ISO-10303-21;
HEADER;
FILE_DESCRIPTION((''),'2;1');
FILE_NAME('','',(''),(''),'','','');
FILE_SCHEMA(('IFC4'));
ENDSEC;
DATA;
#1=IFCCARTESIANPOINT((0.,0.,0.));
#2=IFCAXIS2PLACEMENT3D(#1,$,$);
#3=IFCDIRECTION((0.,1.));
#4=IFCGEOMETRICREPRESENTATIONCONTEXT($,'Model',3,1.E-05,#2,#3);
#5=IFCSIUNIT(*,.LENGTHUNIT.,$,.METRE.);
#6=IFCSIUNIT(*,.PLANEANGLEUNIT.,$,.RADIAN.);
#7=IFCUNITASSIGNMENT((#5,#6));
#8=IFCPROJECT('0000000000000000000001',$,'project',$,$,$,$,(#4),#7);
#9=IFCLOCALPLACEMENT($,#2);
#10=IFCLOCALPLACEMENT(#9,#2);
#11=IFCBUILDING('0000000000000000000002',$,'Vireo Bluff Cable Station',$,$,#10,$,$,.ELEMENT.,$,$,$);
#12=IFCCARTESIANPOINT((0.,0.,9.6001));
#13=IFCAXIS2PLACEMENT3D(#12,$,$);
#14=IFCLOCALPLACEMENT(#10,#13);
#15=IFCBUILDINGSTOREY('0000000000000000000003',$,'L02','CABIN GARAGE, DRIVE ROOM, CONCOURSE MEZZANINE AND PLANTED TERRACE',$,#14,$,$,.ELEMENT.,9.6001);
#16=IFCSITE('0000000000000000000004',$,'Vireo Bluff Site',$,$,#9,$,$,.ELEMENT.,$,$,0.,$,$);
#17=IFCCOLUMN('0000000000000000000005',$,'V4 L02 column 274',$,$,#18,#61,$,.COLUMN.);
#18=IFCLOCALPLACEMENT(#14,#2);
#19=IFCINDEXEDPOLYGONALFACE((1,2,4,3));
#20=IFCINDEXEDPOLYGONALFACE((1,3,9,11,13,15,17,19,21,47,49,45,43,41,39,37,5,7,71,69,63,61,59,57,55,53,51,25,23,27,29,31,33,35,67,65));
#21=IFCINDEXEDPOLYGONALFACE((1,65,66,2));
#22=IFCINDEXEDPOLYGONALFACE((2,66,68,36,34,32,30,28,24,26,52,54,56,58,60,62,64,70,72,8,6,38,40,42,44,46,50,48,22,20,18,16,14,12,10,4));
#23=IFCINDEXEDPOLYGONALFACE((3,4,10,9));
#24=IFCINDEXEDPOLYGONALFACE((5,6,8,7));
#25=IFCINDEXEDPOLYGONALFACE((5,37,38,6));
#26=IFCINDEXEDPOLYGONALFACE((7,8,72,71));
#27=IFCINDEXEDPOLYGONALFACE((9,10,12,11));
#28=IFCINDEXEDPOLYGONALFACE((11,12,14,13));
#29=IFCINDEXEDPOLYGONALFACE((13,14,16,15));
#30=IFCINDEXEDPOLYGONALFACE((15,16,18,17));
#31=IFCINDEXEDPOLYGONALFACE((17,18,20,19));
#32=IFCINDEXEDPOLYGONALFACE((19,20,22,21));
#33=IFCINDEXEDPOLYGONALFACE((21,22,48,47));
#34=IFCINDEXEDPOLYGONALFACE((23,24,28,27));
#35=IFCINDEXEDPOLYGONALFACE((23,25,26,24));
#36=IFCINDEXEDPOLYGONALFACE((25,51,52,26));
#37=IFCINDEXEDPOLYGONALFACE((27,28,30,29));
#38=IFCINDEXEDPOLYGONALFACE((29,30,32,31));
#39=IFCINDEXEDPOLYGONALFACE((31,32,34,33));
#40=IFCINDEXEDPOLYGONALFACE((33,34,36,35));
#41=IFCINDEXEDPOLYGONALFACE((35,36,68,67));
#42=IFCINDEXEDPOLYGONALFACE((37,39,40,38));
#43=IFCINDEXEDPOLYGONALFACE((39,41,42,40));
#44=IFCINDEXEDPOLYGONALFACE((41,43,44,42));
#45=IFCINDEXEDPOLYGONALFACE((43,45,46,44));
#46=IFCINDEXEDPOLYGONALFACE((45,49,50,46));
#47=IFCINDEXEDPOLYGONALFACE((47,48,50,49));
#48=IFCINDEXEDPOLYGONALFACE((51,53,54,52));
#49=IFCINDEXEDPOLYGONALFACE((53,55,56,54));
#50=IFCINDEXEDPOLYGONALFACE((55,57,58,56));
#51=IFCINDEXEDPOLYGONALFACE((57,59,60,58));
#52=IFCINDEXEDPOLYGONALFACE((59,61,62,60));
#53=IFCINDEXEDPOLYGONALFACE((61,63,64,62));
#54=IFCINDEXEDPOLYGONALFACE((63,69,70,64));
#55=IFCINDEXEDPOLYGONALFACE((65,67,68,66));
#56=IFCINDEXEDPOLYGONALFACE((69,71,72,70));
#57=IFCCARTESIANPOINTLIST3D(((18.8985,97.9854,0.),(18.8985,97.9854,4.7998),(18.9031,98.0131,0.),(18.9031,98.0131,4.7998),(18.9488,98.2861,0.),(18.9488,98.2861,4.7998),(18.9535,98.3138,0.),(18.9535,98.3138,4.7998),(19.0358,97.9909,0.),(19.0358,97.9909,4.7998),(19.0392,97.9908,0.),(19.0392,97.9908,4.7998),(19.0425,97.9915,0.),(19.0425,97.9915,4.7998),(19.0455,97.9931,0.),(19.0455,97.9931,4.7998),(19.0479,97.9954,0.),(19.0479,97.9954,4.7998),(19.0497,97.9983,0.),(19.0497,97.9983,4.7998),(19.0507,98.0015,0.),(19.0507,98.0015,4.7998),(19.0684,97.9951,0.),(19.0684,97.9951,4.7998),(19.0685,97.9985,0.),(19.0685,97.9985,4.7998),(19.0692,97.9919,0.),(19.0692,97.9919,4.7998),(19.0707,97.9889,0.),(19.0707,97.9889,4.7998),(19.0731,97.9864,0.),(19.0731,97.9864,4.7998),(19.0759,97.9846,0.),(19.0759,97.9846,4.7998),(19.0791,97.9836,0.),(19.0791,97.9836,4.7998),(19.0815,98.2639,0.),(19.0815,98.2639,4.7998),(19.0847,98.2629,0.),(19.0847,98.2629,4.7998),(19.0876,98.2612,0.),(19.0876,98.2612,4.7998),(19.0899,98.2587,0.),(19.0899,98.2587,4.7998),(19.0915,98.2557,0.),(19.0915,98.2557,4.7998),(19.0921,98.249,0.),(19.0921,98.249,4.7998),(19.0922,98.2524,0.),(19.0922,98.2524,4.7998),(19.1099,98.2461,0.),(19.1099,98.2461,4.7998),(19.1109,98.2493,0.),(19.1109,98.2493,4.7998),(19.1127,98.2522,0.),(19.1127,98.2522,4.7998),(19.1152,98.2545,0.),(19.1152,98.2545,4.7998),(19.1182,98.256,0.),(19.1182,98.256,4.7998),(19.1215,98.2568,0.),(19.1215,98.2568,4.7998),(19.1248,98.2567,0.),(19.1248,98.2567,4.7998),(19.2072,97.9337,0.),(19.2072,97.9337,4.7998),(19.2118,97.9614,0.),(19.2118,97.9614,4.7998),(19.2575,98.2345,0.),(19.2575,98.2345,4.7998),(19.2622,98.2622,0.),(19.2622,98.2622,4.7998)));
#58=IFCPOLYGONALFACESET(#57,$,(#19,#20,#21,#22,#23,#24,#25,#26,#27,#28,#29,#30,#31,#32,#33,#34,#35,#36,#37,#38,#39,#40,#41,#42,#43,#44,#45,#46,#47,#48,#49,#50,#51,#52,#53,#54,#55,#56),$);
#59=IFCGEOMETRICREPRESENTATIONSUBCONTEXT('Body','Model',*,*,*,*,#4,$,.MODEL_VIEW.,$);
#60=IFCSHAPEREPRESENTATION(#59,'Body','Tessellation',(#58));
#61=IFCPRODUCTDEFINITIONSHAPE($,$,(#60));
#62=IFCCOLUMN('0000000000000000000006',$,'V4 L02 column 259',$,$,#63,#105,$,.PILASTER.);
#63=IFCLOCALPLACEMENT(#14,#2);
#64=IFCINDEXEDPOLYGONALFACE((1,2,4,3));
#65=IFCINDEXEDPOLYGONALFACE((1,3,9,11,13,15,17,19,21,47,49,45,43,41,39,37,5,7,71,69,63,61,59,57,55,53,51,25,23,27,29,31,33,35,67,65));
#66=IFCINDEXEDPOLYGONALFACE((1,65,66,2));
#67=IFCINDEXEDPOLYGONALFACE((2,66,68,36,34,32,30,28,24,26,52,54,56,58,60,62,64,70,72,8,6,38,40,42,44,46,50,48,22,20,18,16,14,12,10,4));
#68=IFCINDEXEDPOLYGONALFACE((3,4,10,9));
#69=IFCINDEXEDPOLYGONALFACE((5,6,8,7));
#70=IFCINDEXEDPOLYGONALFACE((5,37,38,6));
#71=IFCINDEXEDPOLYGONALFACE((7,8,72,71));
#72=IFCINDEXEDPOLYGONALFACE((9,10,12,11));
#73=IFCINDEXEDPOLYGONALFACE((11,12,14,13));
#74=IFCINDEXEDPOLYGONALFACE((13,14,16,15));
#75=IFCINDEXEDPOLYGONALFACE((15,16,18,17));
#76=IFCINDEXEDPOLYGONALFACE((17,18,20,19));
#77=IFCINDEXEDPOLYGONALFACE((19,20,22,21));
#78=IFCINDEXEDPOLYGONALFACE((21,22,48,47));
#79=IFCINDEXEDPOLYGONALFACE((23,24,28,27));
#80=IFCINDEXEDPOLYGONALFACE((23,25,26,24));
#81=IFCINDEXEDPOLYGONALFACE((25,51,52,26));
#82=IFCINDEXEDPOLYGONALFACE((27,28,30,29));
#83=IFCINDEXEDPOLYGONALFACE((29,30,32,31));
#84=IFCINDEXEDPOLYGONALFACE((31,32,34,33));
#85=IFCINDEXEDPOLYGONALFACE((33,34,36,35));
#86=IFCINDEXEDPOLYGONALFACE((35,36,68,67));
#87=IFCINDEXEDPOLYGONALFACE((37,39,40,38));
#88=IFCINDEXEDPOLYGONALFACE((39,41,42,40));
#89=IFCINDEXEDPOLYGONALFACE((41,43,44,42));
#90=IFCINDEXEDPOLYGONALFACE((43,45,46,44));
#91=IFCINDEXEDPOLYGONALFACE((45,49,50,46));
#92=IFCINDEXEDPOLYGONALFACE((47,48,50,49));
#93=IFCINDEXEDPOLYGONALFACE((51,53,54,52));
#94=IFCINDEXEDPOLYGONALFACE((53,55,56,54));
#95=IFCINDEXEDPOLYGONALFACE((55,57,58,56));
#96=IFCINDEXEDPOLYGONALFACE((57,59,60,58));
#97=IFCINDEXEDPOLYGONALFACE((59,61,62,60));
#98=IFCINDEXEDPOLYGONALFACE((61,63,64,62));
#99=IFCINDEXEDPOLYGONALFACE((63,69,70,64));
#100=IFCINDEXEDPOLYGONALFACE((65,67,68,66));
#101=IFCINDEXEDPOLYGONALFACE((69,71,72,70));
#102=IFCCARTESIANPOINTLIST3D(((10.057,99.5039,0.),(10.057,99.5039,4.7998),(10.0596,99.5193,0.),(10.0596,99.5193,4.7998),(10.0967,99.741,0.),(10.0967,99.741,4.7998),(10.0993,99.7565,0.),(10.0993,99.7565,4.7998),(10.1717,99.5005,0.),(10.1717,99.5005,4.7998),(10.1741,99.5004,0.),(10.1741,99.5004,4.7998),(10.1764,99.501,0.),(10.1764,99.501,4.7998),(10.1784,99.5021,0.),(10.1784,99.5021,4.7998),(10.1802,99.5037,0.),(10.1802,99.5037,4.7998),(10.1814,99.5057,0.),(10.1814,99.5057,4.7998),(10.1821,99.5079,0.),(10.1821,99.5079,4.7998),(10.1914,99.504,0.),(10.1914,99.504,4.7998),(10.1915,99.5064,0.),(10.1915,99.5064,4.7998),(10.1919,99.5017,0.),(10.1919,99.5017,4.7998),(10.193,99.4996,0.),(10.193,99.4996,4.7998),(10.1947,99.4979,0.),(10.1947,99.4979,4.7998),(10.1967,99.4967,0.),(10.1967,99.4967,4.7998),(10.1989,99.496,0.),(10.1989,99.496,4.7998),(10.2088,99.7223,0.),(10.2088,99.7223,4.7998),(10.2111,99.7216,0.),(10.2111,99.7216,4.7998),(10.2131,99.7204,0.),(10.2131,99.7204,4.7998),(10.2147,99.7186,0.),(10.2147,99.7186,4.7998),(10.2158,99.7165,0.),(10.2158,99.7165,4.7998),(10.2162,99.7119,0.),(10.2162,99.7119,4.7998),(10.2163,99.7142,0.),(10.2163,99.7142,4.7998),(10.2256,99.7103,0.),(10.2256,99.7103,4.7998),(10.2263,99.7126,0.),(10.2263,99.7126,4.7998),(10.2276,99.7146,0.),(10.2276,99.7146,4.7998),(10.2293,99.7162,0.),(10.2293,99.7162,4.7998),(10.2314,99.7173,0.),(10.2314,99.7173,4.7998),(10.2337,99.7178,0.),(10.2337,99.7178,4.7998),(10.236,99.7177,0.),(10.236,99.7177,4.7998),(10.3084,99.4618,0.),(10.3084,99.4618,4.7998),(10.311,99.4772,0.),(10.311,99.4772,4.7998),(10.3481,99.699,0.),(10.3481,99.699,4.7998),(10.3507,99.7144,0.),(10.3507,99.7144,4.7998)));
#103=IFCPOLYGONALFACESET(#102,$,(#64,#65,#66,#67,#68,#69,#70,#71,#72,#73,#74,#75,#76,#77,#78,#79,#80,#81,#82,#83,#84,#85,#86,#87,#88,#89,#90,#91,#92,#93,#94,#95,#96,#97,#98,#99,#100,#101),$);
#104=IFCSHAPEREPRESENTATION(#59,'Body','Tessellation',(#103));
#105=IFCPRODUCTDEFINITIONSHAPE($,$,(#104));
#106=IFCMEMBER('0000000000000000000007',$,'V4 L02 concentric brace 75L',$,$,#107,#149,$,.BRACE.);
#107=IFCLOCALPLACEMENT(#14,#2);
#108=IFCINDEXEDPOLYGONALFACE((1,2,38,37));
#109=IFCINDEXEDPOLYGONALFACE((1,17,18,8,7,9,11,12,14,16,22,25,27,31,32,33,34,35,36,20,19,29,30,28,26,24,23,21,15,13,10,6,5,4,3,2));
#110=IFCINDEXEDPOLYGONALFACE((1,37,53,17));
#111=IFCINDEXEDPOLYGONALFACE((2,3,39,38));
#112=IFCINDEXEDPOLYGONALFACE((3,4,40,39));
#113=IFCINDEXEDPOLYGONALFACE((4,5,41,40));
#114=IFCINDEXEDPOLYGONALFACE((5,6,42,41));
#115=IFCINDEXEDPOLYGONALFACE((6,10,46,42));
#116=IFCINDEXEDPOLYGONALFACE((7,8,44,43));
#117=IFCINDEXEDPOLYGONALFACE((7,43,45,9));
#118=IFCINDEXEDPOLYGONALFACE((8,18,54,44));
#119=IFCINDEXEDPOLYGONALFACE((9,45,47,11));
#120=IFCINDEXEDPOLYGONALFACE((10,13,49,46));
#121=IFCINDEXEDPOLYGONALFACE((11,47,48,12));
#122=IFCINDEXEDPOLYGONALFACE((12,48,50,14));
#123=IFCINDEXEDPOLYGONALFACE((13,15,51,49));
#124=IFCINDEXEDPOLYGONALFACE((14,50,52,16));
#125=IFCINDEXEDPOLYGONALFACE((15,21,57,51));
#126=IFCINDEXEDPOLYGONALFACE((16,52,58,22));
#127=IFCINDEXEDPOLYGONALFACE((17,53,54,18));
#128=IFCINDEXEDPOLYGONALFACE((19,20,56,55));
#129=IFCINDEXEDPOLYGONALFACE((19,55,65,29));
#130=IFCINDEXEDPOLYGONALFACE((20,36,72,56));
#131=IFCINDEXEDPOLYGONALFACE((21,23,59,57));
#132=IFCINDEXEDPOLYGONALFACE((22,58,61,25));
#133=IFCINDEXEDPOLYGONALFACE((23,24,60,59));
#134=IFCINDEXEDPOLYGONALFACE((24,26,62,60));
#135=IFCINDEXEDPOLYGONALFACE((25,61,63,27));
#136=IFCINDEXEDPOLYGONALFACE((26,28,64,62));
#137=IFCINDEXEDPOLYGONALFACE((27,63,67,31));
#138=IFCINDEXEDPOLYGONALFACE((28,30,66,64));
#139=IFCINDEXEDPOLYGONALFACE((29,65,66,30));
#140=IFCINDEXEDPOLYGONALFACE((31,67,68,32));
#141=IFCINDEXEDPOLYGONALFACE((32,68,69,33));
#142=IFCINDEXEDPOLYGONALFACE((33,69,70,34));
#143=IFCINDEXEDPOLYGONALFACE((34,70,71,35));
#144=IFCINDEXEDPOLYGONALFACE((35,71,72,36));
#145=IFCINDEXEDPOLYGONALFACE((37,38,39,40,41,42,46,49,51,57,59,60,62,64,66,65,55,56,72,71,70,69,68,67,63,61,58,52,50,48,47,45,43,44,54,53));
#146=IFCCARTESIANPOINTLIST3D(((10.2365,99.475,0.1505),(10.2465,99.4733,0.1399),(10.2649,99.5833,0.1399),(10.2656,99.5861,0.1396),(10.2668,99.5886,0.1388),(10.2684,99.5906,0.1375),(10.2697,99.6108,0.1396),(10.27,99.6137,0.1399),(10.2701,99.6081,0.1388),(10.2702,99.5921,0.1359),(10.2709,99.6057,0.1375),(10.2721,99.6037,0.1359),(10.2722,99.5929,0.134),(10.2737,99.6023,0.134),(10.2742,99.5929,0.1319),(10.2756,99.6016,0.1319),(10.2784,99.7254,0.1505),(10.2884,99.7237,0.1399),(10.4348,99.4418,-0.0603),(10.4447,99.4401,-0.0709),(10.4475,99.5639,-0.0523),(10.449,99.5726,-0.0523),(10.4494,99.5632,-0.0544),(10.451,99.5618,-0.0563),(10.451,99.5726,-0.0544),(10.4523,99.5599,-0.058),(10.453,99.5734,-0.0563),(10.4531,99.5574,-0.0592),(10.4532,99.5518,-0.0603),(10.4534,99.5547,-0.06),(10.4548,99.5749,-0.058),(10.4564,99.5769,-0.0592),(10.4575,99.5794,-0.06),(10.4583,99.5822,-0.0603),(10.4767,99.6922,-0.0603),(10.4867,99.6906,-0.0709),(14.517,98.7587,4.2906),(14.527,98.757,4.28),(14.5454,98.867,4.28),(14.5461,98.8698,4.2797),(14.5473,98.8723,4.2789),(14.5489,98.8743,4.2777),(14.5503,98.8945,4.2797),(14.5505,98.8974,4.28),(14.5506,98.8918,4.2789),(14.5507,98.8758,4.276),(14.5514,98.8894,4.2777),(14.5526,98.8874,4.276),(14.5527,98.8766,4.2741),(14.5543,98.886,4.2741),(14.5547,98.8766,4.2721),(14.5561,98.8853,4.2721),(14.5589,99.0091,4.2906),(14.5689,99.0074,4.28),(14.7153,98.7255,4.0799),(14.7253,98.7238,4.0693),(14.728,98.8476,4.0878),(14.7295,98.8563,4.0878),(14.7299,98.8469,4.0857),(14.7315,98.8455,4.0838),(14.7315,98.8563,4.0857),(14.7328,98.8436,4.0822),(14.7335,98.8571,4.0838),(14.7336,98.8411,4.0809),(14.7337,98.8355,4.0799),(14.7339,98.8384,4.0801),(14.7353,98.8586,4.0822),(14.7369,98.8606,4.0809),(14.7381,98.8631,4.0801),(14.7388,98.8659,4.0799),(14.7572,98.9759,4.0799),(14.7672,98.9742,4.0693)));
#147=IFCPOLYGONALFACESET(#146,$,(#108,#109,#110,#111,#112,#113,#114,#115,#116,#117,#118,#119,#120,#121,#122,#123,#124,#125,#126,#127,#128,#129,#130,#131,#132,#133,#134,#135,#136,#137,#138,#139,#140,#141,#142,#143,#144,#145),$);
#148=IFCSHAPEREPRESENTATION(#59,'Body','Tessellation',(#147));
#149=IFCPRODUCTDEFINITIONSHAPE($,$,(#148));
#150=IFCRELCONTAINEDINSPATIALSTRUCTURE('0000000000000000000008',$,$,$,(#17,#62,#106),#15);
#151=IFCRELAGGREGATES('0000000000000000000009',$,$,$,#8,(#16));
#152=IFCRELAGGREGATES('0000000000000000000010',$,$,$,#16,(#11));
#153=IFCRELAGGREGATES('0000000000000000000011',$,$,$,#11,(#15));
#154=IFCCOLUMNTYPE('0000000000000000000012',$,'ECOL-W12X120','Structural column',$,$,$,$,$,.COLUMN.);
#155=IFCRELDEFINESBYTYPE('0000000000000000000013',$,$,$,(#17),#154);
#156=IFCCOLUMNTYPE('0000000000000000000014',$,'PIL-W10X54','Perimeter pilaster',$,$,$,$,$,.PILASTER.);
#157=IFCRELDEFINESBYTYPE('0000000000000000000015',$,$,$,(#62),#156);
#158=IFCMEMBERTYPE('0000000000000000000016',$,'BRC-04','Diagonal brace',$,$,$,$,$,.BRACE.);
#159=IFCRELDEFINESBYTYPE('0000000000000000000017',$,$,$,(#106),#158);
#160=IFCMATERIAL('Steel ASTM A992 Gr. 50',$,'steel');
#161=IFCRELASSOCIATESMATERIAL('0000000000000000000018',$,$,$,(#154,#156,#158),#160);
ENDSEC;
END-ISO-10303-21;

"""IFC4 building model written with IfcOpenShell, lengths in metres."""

from ifc_helpers import new_model, si_unit, direction, frame, origin, origin_2d, place, context, subcontext, project, spatial, i_section, extrude, material, material_profile, profile_set, type_object, element, save


model = new_model("IFC4")

# Units and contexts
model_context = context("Model", 3, precision=1e-05, world=origin(), true_north=direction((0.0, 1.0)))
body_context = subcontext(model_context, "Body", "Model", "MODEL_VIEW")
ifc_project = project(units=[si_unit("LENGTHUNIT", "METRE"), si_unit("PLANEANGLEUNIT", "RADIAN")], contexts=[model_context])

# Site, building, storey
site_placement = place(None, origin())
site = spatial("IfcSite", under=ifc_project, at=site_placement, Name="Vireo Bluff Site", CompositionType="ELEMENT", RefElevation=0.0)
building_placement = place(site_placement, origin())
building = spatial("IfcBuilding", under=site, at=building_placement, Name="Vireo Bluff Cable Station", CompositionType="ELEMENT")
storey_placement = place(building_placement, frame((0.0, 0.0, 9.6001)))
storey = spatial("IfcBuildingStorey", under=building, at=storey_placement, Name="L02", Description="CABIN GARAGE, DRIVE ROOM, CONCOURSE MEZZANINE AND PLANTED TERRACE", CompositionType="ELEMENT", Elevation=9.6001)

# Columns
ifc_material_1 = material(Name="Steel ASTM A992 Gr. 50", Category="steel")
ifc_material_profile_1 = material_profile(ifc_material_1, i_section(OverallWidth=0.313, OverallDepth=0.333, WebThickness=0.0181, FlangeThickness=0.0281, FilletRadius=0.0129, at=origin_2d()), Name="W12X120")
ifc_profile_set_1 = profile_set([ifc_material_profile_1], Name="Steel ASTM A992 Gr. 50")
column_type_1 = type_object("IfcColumnType", Name="ECOL-W12X120", Description="Structural column", PredefinedType="COLUMN", material=ifc_profile_set_1)
column_1_placement = place(storey_placement, frame((19.0803, 98.1238, 0.0), z_axis=(0.0, 0.0, 1.0), x_axis=(0.986286, -0.165048, 0.0)))
element("IfcColumn", 1, at=column_1_placement, inside=storey, type_object=column_type_1, Name="V4 L02 column 274", PredefinedType="COLUMN", context=body_context, shape_type="SweptSolid", body=[
    extrude(i_section(OverallWidth=0.313, OverallDepth=0.333, WebThickness=0.0181, FlangeThickness=0.0281, FilletRadius=0.0129, at=origin_2d()), origin(), (0.0, 0.0, 1.0), 4.7998),
])
ifc_material_profile_2 = material_profile(ifc_material_1, i_section(OverallWidth=0.2549, OverallDepth=0.2561, WebThickness=0.0095, FlangeThickness=0.0156, FilletRadius=0.009, at=origin_2d()), Name="W10X54")
ifc_profile_set_2 = profile_set([ifc_material_profile_2], Name="Steel ASTM A992 Gr. 50")
column_type_2 = type_object("IfcColumnType", Name="PIL-W10X54", Description="Perimeter pilaster", PredefinedType="PILASTER", material=ifc_profile_set_2)
column_2_placement = place(storey_placement, frame((10.2039, 99.6091, 0.0), z_axis=(0.0, 0.0, 1.0), x_axis=(0.986286, -0.165048, 0.0)))
element("IfcColumn", 2, at=column_2_placement, inside=storey, type_object=column_type_2, Name="V4 L02 column 259", PredefinedType="PILASTER", context=body_context, shape_type="SweptSolid", body=[
    extrude(i_section(OverallWidth=0.2549, OverallDepth=0.2561, WebThickness=0.0095, FlangeThickness=0.0156, FilletRadius=0.009, at=origin_2d()), origin(), (0.0, 0.0, 1.0), 4.7998),
])

# Member
ifc_material_profile_3 = material_profile(ifc_material_1, i_section(OverallWidth=0.2539, OverallDepth=0.3059, WebThickness=0.0088, FlangeThickness=0.0146, FilletRadius=0.011, at=origin_2d()), Name="W12X53")
ifc_profile_set_3 = profile_set([ifc_material_profile_3], Name="Steel ASTM A992 Gr. 50")
member_type_1 = type_object("IfcMemberType", Name="BRC-04", Description="Diagonal brace", PredefinedType="BRACE", material=ifc_profile_set_3)
member_1_placement = place(storey_placement, frame((10.3616, 99.5828, 0.0398), z_axis=(0.713651, -0.119423, 0.690247), x_axis=(0.165047, 0.986286, 0.0)))
element("IfcMember", 3, at=member_1_placement, inside=storey, type_object=member_type_1, Name="V4 L02 concentric brace 75L", PredefinedType="BRACE", context=body_context, shape_type="SweptSolid", body=[
    extrude(i_section(OverallWidth=0.2539, OverallDepth=0.3059, WebThickness=0.0088, FlangeThickness=0.0146, FilletRadius=0.011, at=origin_2d()), origin(), (0.0, 0.0, 1.0), 5.998),
])

save(model, "model.ifc")
